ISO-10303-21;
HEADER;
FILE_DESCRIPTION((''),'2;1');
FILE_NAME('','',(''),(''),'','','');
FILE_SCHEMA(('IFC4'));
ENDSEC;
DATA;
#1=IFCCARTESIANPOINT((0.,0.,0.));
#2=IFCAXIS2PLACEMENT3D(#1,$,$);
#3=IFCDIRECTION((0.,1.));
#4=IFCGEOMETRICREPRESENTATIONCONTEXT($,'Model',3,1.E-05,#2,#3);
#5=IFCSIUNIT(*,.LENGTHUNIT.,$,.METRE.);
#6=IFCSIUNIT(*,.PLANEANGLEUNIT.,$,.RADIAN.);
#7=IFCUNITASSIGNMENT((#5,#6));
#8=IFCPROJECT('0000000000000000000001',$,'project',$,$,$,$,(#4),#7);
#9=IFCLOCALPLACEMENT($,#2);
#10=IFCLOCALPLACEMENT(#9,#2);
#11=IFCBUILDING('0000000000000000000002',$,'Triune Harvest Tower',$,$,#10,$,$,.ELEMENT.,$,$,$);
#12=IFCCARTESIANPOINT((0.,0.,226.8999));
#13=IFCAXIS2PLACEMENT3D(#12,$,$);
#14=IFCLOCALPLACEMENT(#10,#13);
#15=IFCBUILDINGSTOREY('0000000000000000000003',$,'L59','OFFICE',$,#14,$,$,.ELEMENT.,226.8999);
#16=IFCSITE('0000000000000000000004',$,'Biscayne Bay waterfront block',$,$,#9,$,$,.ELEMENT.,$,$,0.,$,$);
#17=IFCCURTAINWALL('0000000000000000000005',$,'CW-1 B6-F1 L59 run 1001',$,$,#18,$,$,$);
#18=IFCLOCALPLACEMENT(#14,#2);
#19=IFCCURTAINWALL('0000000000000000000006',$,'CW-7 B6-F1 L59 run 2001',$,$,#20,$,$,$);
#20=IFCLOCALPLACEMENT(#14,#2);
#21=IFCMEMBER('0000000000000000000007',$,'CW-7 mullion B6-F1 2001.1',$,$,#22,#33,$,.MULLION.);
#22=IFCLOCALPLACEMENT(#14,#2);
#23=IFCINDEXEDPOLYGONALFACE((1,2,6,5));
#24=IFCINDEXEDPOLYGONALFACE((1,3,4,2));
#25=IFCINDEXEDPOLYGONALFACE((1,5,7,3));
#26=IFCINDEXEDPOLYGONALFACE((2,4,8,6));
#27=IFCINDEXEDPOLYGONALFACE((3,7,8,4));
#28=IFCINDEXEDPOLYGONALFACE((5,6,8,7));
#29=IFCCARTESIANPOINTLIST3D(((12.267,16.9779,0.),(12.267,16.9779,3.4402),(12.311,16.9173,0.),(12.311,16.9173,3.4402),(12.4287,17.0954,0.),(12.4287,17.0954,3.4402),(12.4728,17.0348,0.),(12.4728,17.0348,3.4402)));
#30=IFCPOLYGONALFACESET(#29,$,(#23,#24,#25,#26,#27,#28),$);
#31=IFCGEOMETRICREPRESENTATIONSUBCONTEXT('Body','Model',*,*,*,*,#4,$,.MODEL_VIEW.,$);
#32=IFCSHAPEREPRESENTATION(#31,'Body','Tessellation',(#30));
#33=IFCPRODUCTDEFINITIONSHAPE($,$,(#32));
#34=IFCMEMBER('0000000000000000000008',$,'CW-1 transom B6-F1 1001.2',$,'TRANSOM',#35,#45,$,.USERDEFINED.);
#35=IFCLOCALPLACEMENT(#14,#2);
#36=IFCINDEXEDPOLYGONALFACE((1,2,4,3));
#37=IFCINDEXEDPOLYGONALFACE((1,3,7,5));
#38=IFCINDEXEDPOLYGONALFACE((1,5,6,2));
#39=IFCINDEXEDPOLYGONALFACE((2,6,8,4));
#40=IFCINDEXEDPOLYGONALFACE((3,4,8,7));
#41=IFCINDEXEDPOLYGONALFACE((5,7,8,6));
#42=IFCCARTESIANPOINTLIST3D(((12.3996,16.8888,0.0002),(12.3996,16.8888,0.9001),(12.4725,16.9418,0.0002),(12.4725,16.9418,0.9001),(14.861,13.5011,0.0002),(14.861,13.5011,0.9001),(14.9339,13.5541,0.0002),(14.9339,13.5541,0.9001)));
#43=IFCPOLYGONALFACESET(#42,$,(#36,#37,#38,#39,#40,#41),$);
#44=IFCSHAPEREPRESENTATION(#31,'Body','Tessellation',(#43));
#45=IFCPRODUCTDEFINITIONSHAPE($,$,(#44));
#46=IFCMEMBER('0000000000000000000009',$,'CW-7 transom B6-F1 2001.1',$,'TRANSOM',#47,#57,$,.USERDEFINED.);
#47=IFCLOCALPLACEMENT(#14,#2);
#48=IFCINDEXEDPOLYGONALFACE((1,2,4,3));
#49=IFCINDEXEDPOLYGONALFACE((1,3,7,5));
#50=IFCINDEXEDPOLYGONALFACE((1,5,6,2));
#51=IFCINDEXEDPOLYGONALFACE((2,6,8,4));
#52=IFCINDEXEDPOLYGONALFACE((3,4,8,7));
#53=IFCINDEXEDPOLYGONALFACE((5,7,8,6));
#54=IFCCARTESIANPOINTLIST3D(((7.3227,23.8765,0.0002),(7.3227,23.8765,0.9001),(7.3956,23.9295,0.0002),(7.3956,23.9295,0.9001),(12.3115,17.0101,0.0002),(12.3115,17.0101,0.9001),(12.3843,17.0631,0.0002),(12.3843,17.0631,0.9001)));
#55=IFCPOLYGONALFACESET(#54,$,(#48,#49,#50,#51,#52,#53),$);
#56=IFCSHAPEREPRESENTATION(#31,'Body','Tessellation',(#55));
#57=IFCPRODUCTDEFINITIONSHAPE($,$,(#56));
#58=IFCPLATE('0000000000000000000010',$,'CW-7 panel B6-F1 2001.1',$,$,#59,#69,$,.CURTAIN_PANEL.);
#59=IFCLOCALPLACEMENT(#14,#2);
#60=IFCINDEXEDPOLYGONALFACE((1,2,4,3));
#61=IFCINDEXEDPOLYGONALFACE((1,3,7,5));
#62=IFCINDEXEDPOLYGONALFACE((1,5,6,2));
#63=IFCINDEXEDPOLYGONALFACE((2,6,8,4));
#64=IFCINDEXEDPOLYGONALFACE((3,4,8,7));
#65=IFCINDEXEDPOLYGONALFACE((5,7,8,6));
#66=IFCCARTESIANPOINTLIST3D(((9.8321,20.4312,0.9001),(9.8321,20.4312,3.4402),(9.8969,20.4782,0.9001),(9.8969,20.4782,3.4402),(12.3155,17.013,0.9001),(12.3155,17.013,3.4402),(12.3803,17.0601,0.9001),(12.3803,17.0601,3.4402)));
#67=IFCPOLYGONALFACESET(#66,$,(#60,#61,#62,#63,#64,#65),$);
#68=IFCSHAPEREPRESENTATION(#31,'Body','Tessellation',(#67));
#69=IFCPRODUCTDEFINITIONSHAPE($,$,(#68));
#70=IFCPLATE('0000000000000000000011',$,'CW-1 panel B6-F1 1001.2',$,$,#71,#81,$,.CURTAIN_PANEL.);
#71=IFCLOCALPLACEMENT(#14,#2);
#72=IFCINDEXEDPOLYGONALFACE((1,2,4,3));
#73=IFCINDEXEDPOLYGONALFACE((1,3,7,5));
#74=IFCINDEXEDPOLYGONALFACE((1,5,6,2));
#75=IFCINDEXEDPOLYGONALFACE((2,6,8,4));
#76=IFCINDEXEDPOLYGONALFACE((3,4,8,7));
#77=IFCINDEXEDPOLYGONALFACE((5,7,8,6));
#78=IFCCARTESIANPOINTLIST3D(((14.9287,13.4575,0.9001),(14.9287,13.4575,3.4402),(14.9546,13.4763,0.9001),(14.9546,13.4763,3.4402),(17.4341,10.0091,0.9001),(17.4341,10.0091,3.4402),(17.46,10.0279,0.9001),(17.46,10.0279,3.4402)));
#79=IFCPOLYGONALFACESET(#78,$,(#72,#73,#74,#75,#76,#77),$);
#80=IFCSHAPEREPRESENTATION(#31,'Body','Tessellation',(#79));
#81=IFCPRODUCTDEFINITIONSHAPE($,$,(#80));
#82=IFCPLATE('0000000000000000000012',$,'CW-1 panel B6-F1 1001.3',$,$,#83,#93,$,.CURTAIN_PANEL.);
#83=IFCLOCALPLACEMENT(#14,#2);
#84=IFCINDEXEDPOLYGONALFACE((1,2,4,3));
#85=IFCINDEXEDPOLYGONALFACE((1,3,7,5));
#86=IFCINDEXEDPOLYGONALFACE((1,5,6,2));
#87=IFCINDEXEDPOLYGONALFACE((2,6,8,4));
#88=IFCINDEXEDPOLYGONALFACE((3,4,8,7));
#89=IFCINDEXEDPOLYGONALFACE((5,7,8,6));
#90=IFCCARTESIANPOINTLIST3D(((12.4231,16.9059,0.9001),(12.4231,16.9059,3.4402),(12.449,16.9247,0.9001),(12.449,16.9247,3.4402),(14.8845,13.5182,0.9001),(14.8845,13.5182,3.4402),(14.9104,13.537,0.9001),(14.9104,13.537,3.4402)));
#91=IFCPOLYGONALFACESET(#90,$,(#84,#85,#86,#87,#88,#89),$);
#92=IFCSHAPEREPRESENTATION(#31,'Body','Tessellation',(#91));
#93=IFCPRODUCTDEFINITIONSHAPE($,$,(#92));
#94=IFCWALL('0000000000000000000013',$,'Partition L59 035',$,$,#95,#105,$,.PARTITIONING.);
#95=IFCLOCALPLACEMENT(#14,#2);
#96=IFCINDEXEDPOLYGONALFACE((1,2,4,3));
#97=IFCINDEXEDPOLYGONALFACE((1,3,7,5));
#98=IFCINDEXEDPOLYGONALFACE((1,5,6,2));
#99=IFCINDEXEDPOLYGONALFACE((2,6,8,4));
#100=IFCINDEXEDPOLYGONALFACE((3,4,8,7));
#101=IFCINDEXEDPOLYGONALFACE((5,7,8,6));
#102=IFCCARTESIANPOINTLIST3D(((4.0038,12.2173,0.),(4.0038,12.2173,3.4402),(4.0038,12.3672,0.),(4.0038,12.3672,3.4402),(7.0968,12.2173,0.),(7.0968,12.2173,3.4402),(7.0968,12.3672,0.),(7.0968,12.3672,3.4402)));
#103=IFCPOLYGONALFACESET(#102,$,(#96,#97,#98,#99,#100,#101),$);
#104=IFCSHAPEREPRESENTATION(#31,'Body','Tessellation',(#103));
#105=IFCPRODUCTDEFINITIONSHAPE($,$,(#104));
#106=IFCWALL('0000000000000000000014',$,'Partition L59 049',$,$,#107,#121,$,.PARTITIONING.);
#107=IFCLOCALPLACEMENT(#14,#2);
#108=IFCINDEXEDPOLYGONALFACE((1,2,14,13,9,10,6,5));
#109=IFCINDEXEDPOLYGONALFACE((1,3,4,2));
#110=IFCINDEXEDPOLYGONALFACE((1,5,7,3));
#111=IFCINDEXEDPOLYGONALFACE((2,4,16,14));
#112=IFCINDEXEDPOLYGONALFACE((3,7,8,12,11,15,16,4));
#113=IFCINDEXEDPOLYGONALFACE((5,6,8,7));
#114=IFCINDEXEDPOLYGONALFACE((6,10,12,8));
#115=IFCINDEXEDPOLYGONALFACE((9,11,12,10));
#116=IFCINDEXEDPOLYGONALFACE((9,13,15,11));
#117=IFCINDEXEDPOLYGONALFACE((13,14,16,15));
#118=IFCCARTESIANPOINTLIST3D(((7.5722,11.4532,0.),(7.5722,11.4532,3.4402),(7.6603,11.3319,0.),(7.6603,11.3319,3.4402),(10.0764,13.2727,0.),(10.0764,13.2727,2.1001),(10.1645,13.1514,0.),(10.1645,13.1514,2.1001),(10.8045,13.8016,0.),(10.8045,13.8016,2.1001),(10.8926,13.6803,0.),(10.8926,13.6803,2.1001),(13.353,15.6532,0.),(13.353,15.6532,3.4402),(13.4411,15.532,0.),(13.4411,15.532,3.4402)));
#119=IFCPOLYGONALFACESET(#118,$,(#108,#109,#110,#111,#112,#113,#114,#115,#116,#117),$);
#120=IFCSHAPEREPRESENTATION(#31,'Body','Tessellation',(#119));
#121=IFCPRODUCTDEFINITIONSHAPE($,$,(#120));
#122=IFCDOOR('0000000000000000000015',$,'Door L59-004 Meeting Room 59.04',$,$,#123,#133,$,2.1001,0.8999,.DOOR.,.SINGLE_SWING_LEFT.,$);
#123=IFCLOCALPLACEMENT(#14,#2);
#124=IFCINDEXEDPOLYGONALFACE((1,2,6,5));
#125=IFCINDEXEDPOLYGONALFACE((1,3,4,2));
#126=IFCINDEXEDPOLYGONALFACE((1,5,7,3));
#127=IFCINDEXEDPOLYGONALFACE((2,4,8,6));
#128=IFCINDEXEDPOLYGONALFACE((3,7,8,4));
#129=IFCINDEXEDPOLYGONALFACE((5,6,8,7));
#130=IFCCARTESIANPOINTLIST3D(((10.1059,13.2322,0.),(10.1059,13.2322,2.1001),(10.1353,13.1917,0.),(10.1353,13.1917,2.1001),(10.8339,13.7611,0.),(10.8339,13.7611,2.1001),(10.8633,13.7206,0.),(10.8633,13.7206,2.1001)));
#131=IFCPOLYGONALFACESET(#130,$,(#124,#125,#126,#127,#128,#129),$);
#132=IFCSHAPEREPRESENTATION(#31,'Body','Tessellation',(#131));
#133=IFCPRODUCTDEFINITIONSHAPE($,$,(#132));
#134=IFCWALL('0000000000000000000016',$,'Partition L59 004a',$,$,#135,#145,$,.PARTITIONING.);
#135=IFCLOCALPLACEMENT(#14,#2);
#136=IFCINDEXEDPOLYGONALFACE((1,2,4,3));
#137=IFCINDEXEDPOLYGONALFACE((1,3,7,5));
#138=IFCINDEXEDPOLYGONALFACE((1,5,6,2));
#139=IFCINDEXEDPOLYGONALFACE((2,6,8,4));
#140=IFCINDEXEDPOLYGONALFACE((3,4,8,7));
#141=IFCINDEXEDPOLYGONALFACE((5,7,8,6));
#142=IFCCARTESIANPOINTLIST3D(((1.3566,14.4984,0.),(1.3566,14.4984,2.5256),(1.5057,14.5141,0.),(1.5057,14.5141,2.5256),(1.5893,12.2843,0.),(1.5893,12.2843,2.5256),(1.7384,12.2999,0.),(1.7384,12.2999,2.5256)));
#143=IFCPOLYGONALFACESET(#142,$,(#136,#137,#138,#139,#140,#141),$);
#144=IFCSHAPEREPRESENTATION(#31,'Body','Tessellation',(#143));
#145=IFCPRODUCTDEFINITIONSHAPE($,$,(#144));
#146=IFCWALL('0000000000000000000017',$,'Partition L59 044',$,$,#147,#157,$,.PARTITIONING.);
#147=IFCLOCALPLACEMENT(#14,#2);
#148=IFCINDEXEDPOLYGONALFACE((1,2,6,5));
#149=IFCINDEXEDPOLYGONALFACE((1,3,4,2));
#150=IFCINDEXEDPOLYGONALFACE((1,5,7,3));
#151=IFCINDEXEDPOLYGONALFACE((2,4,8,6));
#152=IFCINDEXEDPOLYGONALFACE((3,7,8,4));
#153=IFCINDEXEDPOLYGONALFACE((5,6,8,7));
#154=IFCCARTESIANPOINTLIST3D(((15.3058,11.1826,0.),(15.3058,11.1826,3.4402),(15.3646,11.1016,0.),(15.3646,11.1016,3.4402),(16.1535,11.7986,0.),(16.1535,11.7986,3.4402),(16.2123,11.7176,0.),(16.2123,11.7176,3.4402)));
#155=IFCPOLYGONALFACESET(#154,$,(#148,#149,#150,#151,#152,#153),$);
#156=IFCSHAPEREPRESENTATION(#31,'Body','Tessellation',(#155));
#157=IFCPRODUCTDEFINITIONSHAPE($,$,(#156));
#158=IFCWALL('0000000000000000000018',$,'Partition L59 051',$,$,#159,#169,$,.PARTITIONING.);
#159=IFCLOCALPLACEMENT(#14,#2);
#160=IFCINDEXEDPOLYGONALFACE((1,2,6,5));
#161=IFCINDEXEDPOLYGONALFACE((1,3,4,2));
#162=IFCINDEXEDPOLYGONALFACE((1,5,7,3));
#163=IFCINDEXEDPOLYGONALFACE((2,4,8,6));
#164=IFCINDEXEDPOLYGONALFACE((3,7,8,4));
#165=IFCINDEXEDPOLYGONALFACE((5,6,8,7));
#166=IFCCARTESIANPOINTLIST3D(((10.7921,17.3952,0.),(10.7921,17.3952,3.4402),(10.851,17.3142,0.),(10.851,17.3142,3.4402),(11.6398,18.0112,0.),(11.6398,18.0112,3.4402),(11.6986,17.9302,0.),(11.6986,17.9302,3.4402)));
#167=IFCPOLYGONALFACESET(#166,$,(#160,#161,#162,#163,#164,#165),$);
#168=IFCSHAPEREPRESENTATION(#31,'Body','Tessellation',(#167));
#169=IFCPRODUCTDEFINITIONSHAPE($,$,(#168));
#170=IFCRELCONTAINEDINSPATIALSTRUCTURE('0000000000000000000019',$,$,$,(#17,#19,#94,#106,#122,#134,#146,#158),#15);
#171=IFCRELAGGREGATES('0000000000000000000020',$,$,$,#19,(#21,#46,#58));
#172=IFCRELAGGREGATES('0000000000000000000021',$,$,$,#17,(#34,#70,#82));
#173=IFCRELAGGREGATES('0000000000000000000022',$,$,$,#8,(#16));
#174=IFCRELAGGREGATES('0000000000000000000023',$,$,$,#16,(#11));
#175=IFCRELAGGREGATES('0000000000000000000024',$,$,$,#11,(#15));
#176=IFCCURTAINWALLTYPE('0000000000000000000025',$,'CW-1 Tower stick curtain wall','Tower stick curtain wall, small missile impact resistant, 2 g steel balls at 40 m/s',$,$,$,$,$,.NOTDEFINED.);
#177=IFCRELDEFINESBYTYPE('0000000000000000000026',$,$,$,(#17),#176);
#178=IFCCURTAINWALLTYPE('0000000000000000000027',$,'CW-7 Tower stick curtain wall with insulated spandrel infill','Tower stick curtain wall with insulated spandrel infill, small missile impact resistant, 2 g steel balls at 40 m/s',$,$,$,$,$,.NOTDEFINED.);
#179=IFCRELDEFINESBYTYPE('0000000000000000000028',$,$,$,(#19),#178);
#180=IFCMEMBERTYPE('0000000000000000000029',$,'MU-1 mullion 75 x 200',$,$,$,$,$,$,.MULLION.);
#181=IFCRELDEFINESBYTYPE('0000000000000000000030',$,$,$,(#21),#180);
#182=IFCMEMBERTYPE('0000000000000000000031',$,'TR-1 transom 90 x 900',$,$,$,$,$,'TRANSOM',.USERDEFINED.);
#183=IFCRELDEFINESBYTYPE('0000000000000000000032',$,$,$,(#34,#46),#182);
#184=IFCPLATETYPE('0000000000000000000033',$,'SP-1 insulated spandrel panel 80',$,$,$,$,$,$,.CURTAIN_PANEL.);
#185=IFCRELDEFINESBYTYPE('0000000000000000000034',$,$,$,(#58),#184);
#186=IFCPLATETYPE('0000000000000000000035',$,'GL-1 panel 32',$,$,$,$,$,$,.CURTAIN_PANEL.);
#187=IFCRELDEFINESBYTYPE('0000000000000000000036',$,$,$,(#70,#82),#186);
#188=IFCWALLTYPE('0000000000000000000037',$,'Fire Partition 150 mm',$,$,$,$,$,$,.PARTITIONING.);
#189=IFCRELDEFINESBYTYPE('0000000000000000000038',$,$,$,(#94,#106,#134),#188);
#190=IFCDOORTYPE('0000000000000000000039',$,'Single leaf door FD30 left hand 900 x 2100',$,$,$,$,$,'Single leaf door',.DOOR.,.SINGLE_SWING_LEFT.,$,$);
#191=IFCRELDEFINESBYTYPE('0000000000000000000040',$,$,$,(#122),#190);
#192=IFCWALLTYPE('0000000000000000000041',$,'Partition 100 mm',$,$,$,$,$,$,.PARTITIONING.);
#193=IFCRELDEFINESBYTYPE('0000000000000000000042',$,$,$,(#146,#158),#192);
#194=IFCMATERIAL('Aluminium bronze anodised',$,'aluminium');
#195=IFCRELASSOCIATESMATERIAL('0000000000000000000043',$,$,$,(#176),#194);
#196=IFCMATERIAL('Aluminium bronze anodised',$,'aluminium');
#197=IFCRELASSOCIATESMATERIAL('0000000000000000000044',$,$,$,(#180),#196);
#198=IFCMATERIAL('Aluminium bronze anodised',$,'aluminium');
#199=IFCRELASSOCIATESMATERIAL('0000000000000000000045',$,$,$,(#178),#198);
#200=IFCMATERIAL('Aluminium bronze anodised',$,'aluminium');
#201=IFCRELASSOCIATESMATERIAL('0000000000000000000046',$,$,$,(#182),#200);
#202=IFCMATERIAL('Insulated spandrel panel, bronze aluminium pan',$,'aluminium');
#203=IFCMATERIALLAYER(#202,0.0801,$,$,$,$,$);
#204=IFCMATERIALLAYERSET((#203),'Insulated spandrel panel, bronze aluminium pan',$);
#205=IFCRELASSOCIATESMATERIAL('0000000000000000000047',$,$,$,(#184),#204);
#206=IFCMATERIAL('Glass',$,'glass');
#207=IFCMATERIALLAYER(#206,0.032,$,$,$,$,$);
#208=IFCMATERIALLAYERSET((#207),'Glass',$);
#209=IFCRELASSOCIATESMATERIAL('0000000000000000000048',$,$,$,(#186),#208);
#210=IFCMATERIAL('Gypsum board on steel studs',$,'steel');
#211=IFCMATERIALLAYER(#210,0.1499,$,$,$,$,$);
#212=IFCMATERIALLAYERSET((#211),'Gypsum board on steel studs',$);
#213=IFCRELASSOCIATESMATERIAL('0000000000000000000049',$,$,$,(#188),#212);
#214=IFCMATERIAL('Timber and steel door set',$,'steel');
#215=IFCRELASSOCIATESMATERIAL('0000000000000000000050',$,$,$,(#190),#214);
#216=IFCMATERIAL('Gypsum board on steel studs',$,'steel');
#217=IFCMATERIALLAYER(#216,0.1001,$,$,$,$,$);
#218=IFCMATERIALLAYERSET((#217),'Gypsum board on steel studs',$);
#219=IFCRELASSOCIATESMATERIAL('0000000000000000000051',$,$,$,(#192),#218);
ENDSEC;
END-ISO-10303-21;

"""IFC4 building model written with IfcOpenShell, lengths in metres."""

from ifc_helpers import new_model, si_unit, direction, frame, frame_2d, origin, origin_2d, place, context, subcontext, project, spatial, rectangle, extrude, source, transform, mapped, material, layer, layer_set, material_profile, profile_set, type_object, element, fill, aggregate, save


model = new_model("IFC4")

# Units and contexts
model_context = context("Model", 3, precision=1e-05, world=origin(), true_north=direction((0.0, 1.0)))
body_context = subcontext(model_context, "Body", "Model", "MODEL_VIEW")
ifc_project = project(units=[si_unit("LENGTHUNIT", "METRE"), si_unit("PLANEANGLEUNIT", "RADIAN")], contexts=[model_context])

# Site, building, storey
site_placement = place(None, origin())
site = spatial("IfcSite", under=ifc_project, at=site_placement, Name="Biscayne Bay waterfront block", CompositionType="ELEMENT", RefElevation=0.0)
building_placement = place(site_placement, origin())
building = spatial("IfcBuilding", under=site, at=building_placement, Name="Triune Harvest Tower", CompositionType="ELEMENT")
storey_placement = place(building_placement, frame((0.0, 0.0, 226.8999)))
storey = spatial("IfcBuildingStorey", under=building, at=storey_placement, Name="L59", Description="OFFICE", CompositionType="ELEMENT", Elevation=226.8999)

# Curtain wall
ifc_material_1 = material(Name="Aluminium bronze anodised", Category="aluminium")
curtain_wall_type_1 = type_object("IfcCurtainWallType", Name="CW-1 Tower stick curtain wall", Description="Tower stick curtain wall, small missile impact resistant, 2 g steel balls at 40 m/s", PredefinedType="NOTDEFINED", material=ifc_material_1)
curtain_wall_1_placement = place(storey_placement, origin())
curtain_wall_1 = element("IfcCurtainWall", 1, at=curtain_wall_1_placement, inside=storey, type_object=curtain_wall_type_1, Name="CW-1 B6-F1 L59 run 1001")
ifc_material_2 = material(Name="Aluminium bronze anodised", Category="aluminium")
ifc_material_profile_1 = material_profile(ifc_material_2, rectangle(XDim=0.2, YDim=0.075, at=origin_2d()), Name="MU-1 mullion 75 x 200")
ifc_profile_set_1 = profile_set([ifc_material_profile_1], Name="Aluminium bronze anodised")
member_type_1 = type_object("IfcMemberType", Name="MU-1 mullion 75 x 200", PredefinedType="MULLION", material=ifc_profile_set_1)
shared_shape_1 = source(origin(), body_context, "Body", "SweptSolid", [
    extrude(rectangle(XDim=0.2, YDim=0.075, at=origin_2d()), origin(), (0.0, 0.0, 1.0), 3.4402),
])

# Curtain wall, member
ifc_material_3 = material(Name="Aluminium bronze anodised", Category="aluminium")
curtain_wall_type_2 = type_object("IfcCurtainWallType", Name="CW-7 Tower stick curtain wall with insulated spandrel infill", Description="Tower stick curtain wall with insulated spandrel infill, small missile impact resistant, 2 g steel balls at 40 m/s", PredefinedType="NOTDEFINED", material=ifc_material_3)
curtain_wall_2_placement = place(storey_placement, origin())
curtain_wall_2 = element("IfcCurtainWall", 2, at=curtain_wall_2_placement, inside=storey, type_object=curtain_wall_type_2, Name="CW-7 B6-F1 L59 run 2001")
member_1_placement = place(storey_placement, frame((12.3699, 17.0063, 0.0), z_axis=(0.0, 0.0, 1.0), x_axis=(-0.809016, -0.587786, 0.0)))
member_1 = element("IfcMember", 3, at=member_1_placement, type_object=member_type_1, Name="CW-7 mullion B6-F1 2001.1", PredefinedType="MULLION", context=body_context, shape_type="MappedRepresentation", body=[
    mapped(shared_shape_1, transform((0.0, 0.0, 0.0), scale=1.0)),
])

# Members
ifc_material_4 = material(Name="Aluminium bronze anodised", Category="aluminium")
ifc_material_profile_2 = material_profile(ifc_material_4, rectangle(XDim=0.0901, YDim=0.8999, at=origin_2d()), Name="TR-1 transom 90 x 900")
ifc_profile_set_2 = profile_set([ifc_material_profile_2], Name="Aluminium bronze anodised")
member_type_2 = type_object("IfcMemberType", Name="TR-1 transom 90 x 900", ElementType="TRANSOM", PredefinedType="USERDEFINED", material=ifc_profile_set_2)
shared_shape_2 = source(origin(), body_context, "Body", "SweptSolid", [
    extrude(rectangle(XDim=0.0901, YDim=0.8999, at=origin_2d()), origin(), (0.0, 0.0, 1.0), 4.1875),
])
member_2_placement = place(storey_placement, frame((14.8975, 13.5276, 0.4502), z_axis=(-0.587804, 0.809003, 0.0), x_axis=(-0.809003, -0.587804, 0.0)))
member_2 = element("IfcMember", 4, at=member_2_placement, type_object=member_type_2, Name="CW-1 transom B6-F1 1001.2", ObjectType="TRANSOM", PredefinedType="USERDEFINED", context=body_context, shape_type="MappedRepresentation", body=[
    mapped(shared_shape_2, transform((0.0, 0.0, 0.0), scale=1.0)),
])
shared_shape_3 = source(origin(), body_context, "Body", "SweptSolid", [
    extrude(rectangle(XDim=0.0901, YDim=0.8999, at=origin_2d()), origin(), (0.0, 0.0, 1.0), 8.4873),
])
member_3_placement = place(storey_placement, frame((12.3479, 17.0366, 0.4502), z_axis=(-0.587785, 0.809017, 0.0), x_axis=(-0.809017, -0.587785, 0.0)))
member_3 = element("IfcMember", 5, at=member_3_placement, type_object=member_type_2, Name="CW-7 transom B6-F1 2001.1", ObjectType="TRANSOM", PredefinedType="USERDEFINED", context=body_context, shape_type="MappedRepresentation", body=[
    mapped(shared_shape_3, transform((0.0, 0.0, 0.0), scale=1.0)),
])

# Plates
ifc_material_5 = material(Name="Insulated spandrel panel, bronze aluminium pan", Category="aluminium")
ifc_layer_1 = layer(ifc_material_5, 0.0801)
ifc_layer_set_1 = layer_set([ifc_layer_1], Name="Insulated spandrel panel, bronze aluminium pan")
plate_type_1 = type_object("IfcPlateType", Name="SP-1 insulated spandrel panel 80", PredefinedType="CURTAIN_PANEL", material=ifc_layer_set_1)
shared_shape_4 = source(origin(), body_context, "Body", "SweptSolid", [
    extrude(rectangle(XDim=4.2251, YDim=0.0801, at=origin_2d()), origin(), (0.0, 0.0, 1.0), 2.54),
])
plate_1_placement = place(storey_placement, frame((11.1062, 18.7456, 0.9001), z_axis=(0.0, 0.0, 1.0), x_axis=(-0.587786, 0.809016, 0.0)))
plate_1 = element("IfcPlate", 6, at=plate_1_placement, type_object=plate_type_1, Name="CW-7 panel B6-F1 2001.1", PredefinedType="CURTAIN_PANEL", context=body_context, shape_type="MappedRepresentation", body=[
    mapped(shared_shape_4, transform((0.0, 0.0, 0.0), scale=1.0)),
])
aggregate(curtain_wall_2, [member_1, member_3, plate_1])
ifc_material_6 = material(Name="Glass", Category="glass")
ifc_layer_2 = layer(ifc_material_6, 0.032)
ifc_layer_set_2 = layer_set([ifc_layer_2], Name="Glass")
plate_type_2 = type_object("IfcPlateType", Name="GL-1 panel 32", PredefinedType="CURTAIN_PANEL", material=ifc_layer_set_2)
shared_shape_5 = source(origin(), body_context, "Body", "SweptSolid", [
    extrude(rectangle(XDim=4.2625, YDim=0.032, at=origin_2d()), origin(), (0.0, 0.0, 1.0), 2.54),
])
plate_2_placement = place(storey_placement, frame((16.1943, 11.7427, 0.9001), z_axis=(0.0, 0.0, 1.0), x_axis=(-0.587784, 0.809018, 0.0)))
plate_2 = element("IfcPlate", 7, at=plate_2_placement, type_object=plate_type_2, Name="CW-1 panel B6-F1 1001.2", PredefinedType="CURTAIN_PANEL", context=body_context, shape_type="MappedRepresentation", body=[
    mapped(shared_shape_5, transform((0.0, 0.0, 0.0), scale=1.0)),
])
shared_shape_6 = source(origin(), body_context, "Body", "SweptSolid", [
    extrude(rectangle(XDim=4.1875, YDim=0.032, at=origin_2d()), origin(), (0.0, 0.0, 1.0), 2.54),
])
plate_3_placement = place(storey_placement, frame((13.6667, 15.2214, 0.9001), z_axis=(0.0, 0.0, 1.0), x_axis=(-0.587784, 0.809018, 0.0)))
plate_3 = element("IfcPlate", 8, at=plate_3_placement, type_object=plate_type_2, Name="CW-1 panel B6-F1 1001.3", PredefinedType="CURTAIN_PANEL", context=body_context, shape_type="MappedRepresentation", body=[
    mapped(shared_shape_6, transform((0.0, 0.0, 0.0), scale=1.0)),
])
aggregate(curtain_wall_1, [member_2, plate_2, plate_3])

# Wall
ifc_material_7 = material(Name="Gypsum board on steel studs", Category="steel")
ifc_layer_3 = layer(ifc_material_7, 0.1499)
ifc_layer_set_3 = layer_set([ifc_layer_3], Name="Gypsum board on steel studs")
wall_type_1 = type_object("IfcWallType", Name="Fire Partition 150 mm", PredefinedType="PARTITIONING", material=ifc_layer_set_3)
wall_1_placement = place(storey_placement, frame((4.0039, 12.2922, 0.0), z_axis=(0.0, 0.0, 1.0), x_axis=(1.0, 0.0, 0.0)))
element("IfcWall", 9, at=wall_1_placement, inside=storey, type_object=wall_type_1, Name="Partition L59 035", PredefinedType="PARTITIONING", context=body_context, shape_type="SweptSolid", body=[
    extrude(rectangle(XDim=3.093, YDim=0.1499, at=frame_2d((1.5464, 0.0))), origin(), (0.0, 0.0, 1.0), 3.4402),
])

# Wall, opening, door
wall_2_placement = place(storey_placement, frame((7.6162, 11.3926, 0.0), z_axis=(0.0, 0.0, 1.0), x_axis=(0.809018, 0.587784, 0.0)))
wall_2 = element("IfcWall", 10, at=wall_2_placement, inside=storey, type_object=wall_type_1, Name="Partition L59 049", PredefinedType="PARTITIONING", context=body_context, shape_type="SweptSolid", body=[
    extrude(rectangle(XDim=7.1455, YDim=0.1499, at=frame_2d((3.5728, 0.0))), origin(), (0.0, 0.0, 1.0), 3.4402),
])
opening_placement = place(wall_2_placement, frame((3.0955, 0.0, 0.0)))
opening = element("IfcOpeningElement", 11, at=opening_placement, cuts=wall_2, PredefinedType="OPENING", context=body_context, shape_type="SweptSolid", body=[
    extrude(rectangle(XDim=0.8999, YDim=2.1001, at=frame_2d((0.45, 1.05))), frame((0.0, 0.085, 0.0), z_axis=(0.0, -1.0, 0.0), x_axis=(1.0, 0.0, 0.0)), (0.0, 0.0, 1.0), 0.1699),
])
ifc_material_8 = material(Name="Timber and steel door set", Category="steel")
door_type = type_object("IfcDoorType", Name="Single leaf door FD30 left hand 900 x 2100", ElementType="Single leaf door", OperationType="SINGLE_SWING_LEFT", PredefinedType="DOOR", material=ifc_material_8)
door_placement = place(opening_placement, origin())
door = element("IfcDoor", 12, at=door_placement, inside=storey, type_object=door_type, Name="Door L59-004 Meeting Room 59.04", OperationType="SINGLE_SWING_LEFT", OverallHeight=2.1001, OverallWidth=0.8999, PredefinedType="DOOR", context=body_context, shape_type="SweptSolid", body=[
    extrude(rectangle(XDim=0.8999, YDim=2.1001, at=frame_2d((0.45, 1.05))), frame((0.0, 0.0249, 0.0), z_axis=(0.0, -1.0, 0.0), x_axis=(1.0, 0.0, 0.0)), (0.0, 0.0, 1.0), 0.05),
])
fill(opening, door)

# Walls
shared_shape_7 = source(origin(), body_context, "Body", "SweptSolid", [
    extrude(rectangle(XDim=2.2263, YDim=0.1499, at=frame_2d((1.1133, 0.0))), origin(), (0.0, 0.0, 1.0), 2.5256),
])
wall_3_placement = place(storey_placement, frame((1.4312, 14.5063, 0.0), z_axis=(0.0, 0.0, 1.0), x_axis=(0.104508, -0.994524, 0.0)))
element("IfcWall", 13, at=wall_3_placement, inside=storey, type_object=wall_type_1, Name="Partition L59 004a", PredefinedType="PARTITIONING", context=body_context, shape_type="MappedRepresentation", body=[
    mapped(shared_shape_7, transform((0.0, 0.0, 0.0), scale=1.0)),
])
ifc_material_9 = material(Name="Gypsum board on steel studs", Category="steel")
ifc_layer_4 = layer(ifc_material_9, 0.1001)
ifc_layer_set_4 = layer_set([ifc_layer_4], Name="Gypsum board on steel studs")
wall_type_2 = type_object("IfcWallType", Name="Partition 100 mm", PredefinedType="PARTITIONING", material=ifc_layer_set_4)
shared_shape_8 = source(origin(), body_context, "Body", "SweptSolid", [
    extrude(rectangle(XDim=1.0479, YDim=0.1001, at=frame_2d((0.5239, 0.0))), origin(), (0.0, 0.0, 1.0), 3.4402),
])
for number, where, z_axis, x_axis, name in (
    (14, (15.3352, 11.1421, 0.0), (0.0, 0.0, 1.0), (0.808968, 0.587853, 0.0), "Partition L59 044"),
    (15, (10.8215, 17.3547, 0.0), (0.0, 0.0, 1.0), (0.808968, 0.587853, 0.0), "Partition L59 051"),
):
    element("IfcWall", number, at=place(storey_placement, frame(where, z_axis=z_axis, x_axis=x_axis)), inside=storey, type_object=wall_type_2, Name=name, PredefinedType="PARTITIONING", context=body_context, shape_type="MappedRepresentation", body=[
        mapped(shared_shape_8, transform((0.0, 0.0, 0.0), scale=1.0)),
    ])

save(model, "model.ifc")
